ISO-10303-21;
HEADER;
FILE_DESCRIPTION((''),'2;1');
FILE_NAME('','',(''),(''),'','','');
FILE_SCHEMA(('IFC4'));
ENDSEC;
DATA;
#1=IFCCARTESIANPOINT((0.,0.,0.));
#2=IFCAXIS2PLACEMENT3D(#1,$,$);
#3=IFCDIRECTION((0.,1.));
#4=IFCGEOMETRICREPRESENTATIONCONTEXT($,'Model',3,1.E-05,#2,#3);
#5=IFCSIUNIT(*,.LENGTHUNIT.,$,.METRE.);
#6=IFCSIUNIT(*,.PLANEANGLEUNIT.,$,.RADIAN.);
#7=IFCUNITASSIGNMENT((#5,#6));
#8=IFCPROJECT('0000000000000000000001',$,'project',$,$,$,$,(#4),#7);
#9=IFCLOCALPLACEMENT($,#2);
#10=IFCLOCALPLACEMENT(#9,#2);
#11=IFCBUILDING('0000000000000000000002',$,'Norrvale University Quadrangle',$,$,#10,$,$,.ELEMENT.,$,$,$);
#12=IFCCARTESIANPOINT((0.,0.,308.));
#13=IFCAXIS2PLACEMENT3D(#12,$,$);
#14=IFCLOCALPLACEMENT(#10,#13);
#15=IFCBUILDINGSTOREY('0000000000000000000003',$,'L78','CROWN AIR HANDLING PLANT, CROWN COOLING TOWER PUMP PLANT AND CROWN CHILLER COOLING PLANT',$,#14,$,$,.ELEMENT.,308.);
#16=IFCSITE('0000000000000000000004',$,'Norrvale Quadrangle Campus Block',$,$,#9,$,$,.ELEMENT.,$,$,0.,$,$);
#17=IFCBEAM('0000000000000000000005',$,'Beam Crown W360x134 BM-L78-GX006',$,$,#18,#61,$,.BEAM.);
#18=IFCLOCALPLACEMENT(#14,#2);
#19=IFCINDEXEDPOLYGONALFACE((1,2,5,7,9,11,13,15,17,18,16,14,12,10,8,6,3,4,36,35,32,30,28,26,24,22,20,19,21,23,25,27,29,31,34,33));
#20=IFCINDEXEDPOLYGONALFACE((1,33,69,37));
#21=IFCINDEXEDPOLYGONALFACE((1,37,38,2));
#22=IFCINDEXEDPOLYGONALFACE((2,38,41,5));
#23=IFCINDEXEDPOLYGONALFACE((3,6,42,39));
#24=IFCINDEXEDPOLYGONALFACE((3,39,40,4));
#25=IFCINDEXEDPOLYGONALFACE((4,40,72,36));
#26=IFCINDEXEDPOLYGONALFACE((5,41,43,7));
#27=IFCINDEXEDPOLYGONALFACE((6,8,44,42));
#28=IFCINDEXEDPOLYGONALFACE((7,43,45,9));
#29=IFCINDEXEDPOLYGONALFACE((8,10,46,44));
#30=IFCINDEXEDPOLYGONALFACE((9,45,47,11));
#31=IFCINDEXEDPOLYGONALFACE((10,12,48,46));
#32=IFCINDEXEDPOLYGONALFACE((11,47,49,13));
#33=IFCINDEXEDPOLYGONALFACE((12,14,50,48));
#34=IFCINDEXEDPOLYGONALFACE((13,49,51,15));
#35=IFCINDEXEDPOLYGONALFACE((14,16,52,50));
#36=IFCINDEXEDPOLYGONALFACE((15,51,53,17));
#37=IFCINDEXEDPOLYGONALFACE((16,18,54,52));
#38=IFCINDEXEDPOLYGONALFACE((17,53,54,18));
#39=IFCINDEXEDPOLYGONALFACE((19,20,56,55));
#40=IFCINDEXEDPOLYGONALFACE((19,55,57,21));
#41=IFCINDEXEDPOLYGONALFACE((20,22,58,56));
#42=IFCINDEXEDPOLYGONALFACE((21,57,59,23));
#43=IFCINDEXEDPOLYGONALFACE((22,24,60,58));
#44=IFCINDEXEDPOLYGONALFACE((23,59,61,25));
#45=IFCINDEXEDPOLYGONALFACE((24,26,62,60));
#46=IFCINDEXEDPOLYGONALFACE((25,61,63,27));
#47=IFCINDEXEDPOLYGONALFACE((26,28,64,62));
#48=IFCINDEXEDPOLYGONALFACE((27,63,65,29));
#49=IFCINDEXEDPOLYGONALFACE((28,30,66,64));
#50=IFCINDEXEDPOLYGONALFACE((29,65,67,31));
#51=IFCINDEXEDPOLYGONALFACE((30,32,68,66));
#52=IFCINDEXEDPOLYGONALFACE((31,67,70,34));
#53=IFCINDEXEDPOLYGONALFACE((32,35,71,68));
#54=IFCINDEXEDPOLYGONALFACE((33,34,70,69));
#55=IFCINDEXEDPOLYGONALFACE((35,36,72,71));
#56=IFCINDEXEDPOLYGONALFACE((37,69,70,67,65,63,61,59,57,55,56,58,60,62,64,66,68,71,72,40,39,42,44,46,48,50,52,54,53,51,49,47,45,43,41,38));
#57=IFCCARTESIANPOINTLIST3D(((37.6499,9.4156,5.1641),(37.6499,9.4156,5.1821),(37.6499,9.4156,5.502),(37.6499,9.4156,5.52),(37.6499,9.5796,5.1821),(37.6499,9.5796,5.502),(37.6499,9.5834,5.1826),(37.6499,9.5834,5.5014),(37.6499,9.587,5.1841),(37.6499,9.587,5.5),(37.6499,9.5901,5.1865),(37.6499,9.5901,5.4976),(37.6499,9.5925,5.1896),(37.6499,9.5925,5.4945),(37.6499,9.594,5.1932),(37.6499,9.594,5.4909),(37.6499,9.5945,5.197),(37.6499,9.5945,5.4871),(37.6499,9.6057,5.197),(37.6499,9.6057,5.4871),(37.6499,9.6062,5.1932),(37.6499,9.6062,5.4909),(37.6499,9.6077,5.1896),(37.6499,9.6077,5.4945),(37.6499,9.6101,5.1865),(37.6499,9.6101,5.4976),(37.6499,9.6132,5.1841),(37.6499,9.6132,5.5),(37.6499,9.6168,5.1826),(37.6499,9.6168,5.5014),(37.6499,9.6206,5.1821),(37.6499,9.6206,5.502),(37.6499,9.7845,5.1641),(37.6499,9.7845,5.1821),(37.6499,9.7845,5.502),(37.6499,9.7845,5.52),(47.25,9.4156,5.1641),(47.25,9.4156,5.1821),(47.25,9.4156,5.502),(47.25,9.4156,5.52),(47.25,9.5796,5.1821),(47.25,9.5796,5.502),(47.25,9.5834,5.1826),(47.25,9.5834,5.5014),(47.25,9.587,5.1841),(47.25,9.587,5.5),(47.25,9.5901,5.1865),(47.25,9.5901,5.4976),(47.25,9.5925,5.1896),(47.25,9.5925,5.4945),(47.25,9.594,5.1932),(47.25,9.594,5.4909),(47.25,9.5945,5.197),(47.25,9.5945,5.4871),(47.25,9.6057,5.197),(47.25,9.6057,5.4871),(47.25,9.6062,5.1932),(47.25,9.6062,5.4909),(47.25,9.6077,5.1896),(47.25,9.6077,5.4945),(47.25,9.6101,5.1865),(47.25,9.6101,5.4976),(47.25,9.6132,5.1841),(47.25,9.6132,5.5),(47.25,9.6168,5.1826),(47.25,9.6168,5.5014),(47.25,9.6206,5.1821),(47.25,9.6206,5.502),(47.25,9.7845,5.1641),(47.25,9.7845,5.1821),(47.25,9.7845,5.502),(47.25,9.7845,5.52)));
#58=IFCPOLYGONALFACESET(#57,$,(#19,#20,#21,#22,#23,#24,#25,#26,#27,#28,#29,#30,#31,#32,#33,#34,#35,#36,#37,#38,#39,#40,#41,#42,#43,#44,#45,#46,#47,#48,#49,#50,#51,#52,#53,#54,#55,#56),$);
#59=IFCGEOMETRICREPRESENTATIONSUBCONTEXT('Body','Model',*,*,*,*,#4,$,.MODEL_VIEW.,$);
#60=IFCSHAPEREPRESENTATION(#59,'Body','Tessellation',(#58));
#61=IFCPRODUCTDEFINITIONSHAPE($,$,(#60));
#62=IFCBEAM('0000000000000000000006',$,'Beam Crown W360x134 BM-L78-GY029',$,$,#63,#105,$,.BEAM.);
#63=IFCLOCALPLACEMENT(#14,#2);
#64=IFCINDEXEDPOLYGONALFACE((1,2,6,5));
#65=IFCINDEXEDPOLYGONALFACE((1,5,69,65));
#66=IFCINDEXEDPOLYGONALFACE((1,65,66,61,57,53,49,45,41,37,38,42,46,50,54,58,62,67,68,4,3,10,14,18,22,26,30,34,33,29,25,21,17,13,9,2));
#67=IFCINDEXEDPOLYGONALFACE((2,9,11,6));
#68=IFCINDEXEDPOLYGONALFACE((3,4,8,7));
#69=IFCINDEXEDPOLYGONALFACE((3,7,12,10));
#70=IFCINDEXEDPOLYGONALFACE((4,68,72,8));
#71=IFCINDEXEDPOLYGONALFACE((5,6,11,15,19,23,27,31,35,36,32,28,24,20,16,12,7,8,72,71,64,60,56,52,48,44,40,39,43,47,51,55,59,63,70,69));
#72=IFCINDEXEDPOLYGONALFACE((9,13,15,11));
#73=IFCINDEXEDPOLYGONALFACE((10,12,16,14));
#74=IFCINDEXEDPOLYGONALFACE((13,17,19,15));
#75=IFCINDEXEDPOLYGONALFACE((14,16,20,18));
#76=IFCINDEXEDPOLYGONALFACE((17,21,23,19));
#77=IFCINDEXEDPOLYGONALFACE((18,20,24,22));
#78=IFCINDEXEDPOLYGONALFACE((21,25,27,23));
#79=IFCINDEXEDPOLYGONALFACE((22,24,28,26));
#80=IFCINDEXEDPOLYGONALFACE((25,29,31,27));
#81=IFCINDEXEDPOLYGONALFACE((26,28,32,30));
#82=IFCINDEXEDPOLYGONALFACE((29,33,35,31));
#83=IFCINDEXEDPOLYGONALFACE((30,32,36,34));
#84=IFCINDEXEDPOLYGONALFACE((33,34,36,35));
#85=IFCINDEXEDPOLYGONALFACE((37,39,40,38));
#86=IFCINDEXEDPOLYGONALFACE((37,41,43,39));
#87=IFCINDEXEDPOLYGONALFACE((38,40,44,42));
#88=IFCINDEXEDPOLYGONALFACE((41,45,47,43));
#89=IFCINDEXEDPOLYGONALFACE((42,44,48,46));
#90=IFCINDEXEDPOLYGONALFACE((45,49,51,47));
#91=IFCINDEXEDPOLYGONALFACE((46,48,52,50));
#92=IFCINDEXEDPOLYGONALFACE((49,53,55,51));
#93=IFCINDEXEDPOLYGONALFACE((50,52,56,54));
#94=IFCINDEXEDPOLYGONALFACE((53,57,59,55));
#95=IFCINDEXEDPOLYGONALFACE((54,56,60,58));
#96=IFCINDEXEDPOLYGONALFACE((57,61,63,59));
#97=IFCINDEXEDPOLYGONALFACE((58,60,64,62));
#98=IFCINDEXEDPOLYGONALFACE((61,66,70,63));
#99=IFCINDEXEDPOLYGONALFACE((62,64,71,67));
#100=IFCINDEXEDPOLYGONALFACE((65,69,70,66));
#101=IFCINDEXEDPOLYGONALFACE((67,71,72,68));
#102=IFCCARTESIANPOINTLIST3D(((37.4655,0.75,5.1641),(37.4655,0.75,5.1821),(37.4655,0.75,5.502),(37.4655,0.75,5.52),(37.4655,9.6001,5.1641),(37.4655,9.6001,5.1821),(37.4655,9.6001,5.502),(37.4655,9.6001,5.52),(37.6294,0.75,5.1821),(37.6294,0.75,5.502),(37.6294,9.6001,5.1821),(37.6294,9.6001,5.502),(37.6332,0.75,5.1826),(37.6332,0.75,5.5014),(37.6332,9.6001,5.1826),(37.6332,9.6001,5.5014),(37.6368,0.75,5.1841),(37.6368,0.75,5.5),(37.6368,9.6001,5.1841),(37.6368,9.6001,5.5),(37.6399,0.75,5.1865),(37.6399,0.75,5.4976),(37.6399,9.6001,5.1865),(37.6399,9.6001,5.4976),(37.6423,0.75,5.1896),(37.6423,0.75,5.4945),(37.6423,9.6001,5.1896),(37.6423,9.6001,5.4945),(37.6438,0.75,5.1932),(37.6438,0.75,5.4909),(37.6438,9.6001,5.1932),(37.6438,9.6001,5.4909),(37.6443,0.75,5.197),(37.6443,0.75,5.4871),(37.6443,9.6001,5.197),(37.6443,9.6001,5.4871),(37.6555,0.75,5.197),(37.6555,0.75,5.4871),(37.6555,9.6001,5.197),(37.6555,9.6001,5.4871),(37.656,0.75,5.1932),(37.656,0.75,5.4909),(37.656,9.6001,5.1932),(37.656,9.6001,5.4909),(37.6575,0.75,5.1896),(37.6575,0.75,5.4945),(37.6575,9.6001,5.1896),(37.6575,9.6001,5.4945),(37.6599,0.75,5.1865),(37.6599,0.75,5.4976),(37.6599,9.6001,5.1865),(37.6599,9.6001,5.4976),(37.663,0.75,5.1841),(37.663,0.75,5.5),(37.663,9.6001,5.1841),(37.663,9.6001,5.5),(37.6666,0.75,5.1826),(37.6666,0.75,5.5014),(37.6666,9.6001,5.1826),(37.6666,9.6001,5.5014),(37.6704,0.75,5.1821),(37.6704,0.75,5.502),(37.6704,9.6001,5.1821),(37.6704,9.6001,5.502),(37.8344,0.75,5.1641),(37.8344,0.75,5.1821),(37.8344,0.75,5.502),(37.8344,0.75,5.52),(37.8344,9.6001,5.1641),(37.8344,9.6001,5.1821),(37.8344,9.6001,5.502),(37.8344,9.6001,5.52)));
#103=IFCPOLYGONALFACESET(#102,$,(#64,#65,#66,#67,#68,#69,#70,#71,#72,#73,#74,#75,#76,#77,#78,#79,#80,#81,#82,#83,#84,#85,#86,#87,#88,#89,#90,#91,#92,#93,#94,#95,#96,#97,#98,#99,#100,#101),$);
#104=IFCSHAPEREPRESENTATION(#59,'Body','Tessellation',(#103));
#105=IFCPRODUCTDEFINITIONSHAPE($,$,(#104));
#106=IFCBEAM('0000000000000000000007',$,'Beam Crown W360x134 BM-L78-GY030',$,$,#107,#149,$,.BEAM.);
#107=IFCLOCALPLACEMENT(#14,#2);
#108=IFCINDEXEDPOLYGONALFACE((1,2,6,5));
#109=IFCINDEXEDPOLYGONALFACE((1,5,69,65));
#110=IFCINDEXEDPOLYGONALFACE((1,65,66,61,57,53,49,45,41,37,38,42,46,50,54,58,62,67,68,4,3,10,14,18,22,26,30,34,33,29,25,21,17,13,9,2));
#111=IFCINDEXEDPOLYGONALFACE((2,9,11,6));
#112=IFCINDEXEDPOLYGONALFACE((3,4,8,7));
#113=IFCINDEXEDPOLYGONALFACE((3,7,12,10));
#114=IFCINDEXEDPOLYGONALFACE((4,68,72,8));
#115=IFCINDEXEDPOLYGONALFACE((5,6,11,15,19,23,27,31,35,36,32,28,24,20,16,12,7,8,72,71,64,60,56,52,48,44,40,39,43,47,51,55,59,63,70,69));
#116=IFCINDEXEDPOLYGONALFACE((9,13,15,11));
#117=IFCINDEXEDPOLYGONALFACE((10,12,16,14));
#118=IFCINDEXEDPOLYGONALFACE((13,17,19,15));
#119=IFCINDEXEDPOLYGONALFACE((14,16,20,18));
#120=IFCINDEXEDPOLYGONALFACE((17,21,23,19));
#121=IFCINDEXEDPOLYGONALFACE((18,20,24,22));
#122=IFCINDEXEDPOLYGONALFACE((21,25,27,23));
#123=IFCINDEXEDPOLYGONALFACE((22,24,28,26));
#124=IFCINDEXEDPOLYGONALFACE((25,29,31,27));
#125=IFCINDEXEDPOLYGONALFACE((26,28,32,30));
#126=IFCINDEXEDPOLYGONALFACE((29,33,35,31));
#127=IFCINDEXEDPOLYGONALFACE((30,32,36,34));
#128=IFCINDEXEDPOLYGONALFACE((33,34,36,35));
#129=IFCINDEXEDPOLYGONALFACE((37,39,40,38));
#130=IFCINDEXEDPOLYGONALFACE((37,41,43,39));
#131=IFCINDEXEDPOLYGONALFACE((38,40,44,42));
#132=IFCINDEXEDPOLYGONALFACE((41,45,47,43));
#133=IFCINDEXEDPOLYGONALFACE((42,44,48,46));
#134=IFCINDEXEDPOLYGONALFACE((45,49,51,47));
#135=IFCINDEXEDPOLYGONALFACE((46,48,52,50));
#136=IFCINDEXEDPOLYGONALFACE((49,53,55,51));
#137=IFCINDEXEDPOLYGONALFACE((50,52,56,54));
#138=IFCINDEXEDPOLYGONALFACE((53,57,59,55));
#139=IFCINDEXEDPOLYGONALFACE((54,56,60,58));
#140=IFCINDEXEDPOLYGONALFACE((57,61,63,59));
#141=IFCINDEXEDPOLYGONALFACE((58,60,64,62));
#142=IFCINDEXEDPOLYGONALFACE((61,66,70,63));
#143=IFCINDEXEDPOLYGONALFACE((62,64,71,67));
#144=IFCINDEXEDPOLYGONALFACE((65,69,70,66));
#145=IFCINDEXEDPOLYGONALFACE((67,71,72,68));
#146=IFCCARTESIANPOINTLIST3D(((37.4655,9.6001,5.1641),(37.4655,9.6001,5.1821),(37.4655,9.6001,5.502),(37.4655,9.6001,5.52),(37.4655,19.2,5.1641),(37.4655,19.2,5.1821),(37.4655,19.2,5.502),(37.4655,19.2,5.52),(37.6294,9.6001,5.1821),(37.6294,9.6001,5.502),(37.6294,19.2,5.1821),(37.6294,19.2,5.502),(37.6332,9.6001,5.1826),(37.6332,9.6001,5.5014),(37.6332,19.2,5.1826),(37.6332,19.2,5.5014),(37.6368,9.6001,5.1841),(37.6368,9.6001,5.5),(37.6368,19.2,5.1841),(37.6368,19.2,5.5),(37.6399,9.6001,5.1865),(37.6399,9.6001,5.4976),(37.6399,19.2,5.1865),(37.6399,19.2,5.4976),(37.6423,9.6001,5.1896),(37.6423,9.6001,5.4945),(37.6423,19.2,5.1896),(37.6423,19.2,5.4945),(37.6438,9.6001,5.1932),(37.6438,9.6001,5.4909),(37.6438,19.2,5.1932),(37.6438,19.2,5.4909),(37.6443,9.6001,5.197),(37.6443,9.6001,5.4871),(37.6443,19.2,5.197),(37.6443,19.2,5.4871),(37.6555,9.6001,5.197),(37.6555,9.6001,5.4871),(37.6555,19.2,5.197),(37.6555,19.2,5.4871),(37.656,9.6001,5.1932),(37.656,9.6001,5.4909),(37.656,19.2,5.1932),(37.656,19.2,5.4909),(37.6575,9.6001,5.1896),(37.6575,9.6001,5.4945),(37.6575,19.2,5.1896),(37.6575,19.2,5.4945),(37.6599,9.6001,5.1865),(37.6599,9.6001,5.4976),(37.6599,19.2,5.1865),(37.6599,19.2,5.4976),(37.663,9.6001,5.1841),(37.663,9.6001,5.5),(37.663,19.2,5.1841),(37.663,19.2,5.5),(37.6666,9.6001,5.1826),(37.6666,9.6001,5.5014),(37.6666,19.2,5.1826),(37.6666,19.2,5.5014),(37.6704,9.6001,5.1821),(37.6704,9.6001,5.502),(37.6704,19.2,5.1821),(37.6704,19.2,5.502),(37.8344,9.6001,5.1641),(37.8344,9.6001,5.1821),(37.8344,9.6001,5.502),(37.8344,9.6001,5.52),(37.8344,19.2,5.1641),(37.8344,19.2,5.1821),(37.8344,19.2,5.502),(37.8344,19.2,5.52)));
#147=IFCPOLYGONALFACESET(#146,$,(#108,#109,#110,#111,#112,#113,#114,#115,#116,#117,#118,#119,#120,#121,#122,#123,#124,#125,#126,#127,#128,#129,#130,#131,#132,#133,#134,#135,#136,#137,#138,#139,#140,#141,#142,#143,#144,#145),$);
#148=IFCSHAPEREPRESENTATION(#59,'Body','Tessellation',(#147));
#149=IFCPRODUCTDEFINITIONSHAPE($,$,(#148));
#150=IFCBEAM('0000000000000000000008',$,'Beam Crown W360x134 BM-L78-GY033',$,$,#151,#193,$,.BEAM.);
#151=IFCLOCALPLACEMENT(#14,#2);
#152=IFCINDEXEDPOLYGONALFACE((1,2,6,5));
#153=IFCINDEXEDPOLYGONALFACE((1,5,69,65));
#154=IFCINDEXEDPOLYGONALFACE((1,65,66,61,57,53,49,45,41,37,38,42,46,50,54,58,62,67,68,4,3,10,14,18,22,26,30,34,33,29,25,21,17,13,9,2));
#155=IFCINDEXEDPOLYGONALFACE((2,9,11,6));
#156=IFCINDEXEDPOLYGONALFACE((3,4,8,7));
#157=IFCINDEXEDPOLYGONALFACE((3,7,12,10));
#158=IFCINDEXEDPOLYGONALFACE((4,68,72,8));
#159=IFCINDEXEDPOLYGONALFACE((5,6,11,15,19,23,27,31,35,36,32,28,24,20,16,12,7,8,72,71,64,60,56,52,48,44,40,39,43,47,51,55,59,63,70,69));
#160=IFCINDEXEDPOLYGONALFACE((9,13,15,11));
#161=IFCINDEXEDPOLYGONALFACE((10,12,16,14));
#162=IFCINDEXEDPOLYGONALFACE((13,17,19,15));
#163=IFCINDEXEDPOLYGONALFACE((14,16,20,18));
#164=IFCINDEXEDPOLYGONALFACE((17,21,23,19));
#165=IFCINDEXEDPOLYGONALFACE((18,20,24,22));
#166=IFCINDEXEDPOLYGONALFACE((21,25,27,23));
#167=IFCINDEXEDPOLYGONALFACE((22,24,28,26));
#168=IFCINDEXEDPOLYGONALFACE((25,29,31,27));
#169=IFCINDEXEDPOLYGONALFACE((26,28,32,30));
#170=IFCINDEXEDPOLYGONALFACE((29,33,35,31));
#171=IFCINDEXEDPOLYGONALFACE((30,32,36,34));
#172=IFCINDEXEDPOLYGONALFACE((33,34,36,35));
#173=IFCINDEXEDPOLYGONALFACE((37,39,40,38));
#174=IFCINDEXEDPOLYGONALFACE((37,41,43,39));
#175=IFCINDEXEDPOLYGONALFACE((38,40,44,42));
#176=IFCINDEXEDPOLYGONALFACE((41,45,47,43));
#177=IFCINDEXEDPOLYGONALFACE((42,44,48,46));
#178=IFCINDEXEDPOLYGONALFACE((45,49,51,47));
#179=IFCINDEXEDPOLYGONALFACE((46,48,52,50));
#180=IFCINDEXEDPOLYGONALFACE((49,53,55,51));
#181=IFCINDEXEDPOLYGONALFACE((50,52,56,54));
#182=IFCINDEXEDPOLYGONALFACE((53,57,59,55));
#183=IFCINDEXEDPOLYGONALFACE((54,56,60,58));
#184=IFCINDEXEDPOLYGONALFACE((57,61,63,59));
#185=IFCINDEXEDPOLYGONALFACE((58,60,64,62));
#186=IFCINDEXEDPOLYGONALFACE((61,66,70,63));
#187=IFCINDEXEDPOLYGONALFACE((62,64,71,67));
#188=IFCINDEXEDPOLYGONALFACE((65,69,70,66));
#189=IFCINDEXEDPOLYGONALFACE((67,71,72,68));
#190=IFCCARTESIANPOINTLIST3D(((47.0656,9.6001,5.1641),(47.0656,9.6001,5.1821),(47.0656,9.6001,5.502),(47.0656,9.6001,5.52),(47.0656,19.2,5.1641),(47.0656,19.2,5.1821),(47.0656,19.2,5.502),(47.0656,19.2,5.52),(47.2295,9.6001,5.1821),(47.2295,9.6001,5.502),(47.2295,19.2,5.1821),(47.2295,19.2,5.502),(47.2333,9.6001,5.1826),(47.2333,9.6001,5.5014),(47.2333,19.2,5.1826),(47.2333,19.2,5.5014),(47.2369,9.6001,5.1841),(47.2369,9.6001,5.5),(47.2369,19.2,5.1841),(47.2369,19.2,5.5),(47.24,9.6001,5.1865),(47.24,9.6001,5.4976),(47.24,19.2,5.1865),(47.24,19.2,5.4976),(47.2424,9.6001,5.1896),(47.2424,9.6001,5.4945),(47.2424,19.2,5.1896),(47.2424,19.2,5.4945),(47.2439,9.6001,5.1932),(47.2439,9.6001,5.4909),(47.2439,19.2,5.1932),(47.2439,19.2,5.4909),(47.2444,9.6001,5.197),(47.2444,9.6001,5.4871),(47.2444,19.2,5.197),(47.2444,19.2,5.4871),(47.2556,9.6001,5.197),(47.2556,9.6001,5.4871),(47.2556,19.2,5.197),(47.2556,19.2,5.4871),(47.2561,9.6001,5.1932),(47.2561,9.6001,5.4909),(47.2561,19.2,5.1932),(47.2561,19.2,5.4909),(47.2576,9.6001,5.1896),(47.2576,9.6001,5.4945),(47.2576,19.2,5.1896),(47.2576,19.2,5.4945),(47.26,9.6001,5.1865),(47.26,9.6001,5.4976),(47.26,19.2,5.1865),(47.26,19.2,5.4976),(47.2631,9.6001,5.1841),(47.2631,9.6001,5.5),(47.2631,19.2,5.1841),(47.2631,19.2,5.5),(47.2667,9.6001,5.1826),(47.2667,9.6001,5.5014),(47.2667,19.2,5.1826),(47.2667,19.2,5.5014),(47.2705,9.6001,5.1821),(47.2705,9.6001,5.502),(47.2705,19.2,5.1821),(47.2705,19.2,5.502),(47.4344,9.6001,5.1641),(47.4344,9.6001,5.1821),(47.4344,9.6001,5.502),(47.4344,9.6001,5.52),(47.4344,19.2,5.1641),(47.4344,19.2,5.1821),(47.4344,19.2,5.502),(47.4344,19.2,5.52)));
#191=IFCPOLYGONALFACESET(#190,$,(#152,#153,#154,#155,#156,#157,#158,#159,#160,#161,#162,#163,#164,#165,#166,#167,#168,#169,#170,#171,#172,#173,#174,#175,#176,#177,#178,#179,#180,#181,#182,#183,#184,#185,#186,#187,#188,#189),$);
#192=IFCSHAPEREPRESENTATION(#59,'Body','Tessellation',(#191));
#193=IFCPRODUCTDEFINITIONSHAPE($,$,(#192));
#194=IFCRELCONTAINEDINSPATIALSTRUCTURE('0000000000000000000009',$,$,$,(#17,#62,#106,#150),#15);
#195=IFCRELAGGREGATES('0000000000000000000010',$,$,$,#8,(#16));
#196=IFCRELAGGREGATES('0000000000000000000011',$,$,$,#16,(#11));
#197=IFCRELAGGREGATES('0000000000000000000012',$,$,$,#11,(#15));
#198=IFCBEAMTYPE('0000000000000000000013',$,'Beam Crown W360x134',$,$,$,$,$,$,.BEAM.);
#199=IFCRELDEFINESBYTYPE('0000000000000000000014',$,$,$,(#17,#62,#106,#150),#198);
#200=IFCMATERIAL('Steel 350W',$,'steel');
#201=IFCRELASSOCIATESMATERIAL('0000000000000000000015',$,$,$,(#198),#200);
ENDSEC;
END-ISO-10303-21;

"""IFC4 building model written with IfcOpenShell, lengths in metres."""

from ifc_helpers import new_model, si_unit, direction, frame, origin, origin_2d, place, context, subcontext, project, spatial, i_section, extrude, material, material_profile, profile_set, type_object, element, save


model = new_model("IFC4")

# Units and contexts
model_context = context("Model", 3, precision=1e-05, world=origin(), true_north=direction((0.0, 1.0)))
body_context = subcontext(model_context, "Body", "Model", "MODEL_VIEW")
ifc_project = project(units=[si_unit("LENGTHUNIT", "METRE"), si_unit("PLANEANGLEUNIT", "RADIAN")], contexts=[model_context])

# Site, building, storey
site_placement = place(None, origin())
site = spatial("IfcSite", under=ifc_project, at=site_placement, Name="Norrvale Quadrangle Campus Block", CompositionType="ELEMENT", RefElevation=0.0)
building_placement = place(site_placement, origin())
building = spatial("IfcBuilding", under=site, at=building_placement, Name="Norrvale University Quadrangle", CompositionType="ELEMENT")
storey_placement = place(building_placement, frame((0.0, 0.0, 308.0)))
storey = spatial("IfcBuildingStorey", under=building, at=storey_placement, Name="L78", Description="CROWN AIR HANDLING PLANT, CROWN COOLING TOWER PUMP PLANT AND CROWN CHILLER COOLING PLANT", CompositionType="ELEMENT", Elevation=308.0)

# Shared definitions
ifc_material_1 = material(Name="Steel 350W", Category="steel")

# Beams
ifc_material_profile_1 = material_profile(ifc_material_1, i_section(OverallWidth=0.3689, OverallDepth=0.356, WebThickness=0.0112, FlangeThickness=0.0181, FilletRadius=0.0149, at=origin_2d()), Name="Steel 350W")
ifc_profile_set_1 = profile_set([ifc_material_profile_1], Name="Steel 350W")
beam_type_1 = type_object("IfcBeamType", Name="Beam Crown W360x134", PredefinedType="BEAM", material=ifc_profile_set_1)
beam_1_placement = place(storey_placement, frame((37.6499, 9.6001, 5.342), z_axis=(1.0, 0.0, 0.0), x_axis=(0.0, 1.0, 0.0)))
element("IfcBeam", 1, at=beam_1_placement, inside=storey, type_object=beam_type_1, Name="Beam Crown W360x134 BM-L78-GX006", PredefinedType="BEAM", context=body_context, shape_type="SweptSolid", body=[
    extrude(i_section(OverallWidth=0.3689, OverallDepth=0.356, WebThickness=0.0112, FlangeThickness=0.0181, FilletRadius=0.0149, at=origin_2d()), origin(), (0.0, 0.0, 1.0), 9.6001),
])
beam_2_placement = place(storey_placement, frame((37.6499, 0.75, 5.342), z_axis=(0.0, 1.0, 0.0), x_axis=(-1.0, 0.0, 0.0)))
element("IfcBeam", 2, at=beam_2_placement, inside=storey, type_object=beam_type_1, Name="Beam Crown W360x134 BM-L78-GY029", PredefinedType="BEAM", context=body_context, shape_type="SweptSolid", body=[
    extrude(i_section(OverallWidth=0.3689, OverallDepth=0.356, WebThickness=0.0112, FlangeThickness=0.0181, FilletRadius=0.0149, at=origin_2d()), origin(), (0.0, 0.0, 1.0), 8.8501),
])
for number, where, z_axis, x_axis, name in (
    (3, (37.6499, 9.6001, 5.342), (0.0, 1.0, 0.0), (-1.0, 0.0, 0.0), "Beam Crown W360x134 BM-L78-GY030"),
    (4, (47.25, 9.6001, 5.342), (0.0, 1.0, 0.0), (-1.0, 0.0, 0.0), "Beam Crown W360x134 BM-L78-GY033"),
):
    element("IfcBeam", number, at=place(storey_placement, frame(where, z_axis=z_axis, x_axis=x_axis)), inside=storey, type_object=beam_type_1, Name=name, PredefinedType="BEAM", context=body_context, shape_type="SweptSolid", body=[
        extrude(i_section(OverallWidth=0.3689, OverallDepth=0.356, WebThickness=0.0112, FlangeThickness=0.0181, FilletRadius=0.0149, at=origin_2d()), origin(), (0.0, 0.0, 1.0), 9.5999),
    ])

save(model, "model.ifc")
